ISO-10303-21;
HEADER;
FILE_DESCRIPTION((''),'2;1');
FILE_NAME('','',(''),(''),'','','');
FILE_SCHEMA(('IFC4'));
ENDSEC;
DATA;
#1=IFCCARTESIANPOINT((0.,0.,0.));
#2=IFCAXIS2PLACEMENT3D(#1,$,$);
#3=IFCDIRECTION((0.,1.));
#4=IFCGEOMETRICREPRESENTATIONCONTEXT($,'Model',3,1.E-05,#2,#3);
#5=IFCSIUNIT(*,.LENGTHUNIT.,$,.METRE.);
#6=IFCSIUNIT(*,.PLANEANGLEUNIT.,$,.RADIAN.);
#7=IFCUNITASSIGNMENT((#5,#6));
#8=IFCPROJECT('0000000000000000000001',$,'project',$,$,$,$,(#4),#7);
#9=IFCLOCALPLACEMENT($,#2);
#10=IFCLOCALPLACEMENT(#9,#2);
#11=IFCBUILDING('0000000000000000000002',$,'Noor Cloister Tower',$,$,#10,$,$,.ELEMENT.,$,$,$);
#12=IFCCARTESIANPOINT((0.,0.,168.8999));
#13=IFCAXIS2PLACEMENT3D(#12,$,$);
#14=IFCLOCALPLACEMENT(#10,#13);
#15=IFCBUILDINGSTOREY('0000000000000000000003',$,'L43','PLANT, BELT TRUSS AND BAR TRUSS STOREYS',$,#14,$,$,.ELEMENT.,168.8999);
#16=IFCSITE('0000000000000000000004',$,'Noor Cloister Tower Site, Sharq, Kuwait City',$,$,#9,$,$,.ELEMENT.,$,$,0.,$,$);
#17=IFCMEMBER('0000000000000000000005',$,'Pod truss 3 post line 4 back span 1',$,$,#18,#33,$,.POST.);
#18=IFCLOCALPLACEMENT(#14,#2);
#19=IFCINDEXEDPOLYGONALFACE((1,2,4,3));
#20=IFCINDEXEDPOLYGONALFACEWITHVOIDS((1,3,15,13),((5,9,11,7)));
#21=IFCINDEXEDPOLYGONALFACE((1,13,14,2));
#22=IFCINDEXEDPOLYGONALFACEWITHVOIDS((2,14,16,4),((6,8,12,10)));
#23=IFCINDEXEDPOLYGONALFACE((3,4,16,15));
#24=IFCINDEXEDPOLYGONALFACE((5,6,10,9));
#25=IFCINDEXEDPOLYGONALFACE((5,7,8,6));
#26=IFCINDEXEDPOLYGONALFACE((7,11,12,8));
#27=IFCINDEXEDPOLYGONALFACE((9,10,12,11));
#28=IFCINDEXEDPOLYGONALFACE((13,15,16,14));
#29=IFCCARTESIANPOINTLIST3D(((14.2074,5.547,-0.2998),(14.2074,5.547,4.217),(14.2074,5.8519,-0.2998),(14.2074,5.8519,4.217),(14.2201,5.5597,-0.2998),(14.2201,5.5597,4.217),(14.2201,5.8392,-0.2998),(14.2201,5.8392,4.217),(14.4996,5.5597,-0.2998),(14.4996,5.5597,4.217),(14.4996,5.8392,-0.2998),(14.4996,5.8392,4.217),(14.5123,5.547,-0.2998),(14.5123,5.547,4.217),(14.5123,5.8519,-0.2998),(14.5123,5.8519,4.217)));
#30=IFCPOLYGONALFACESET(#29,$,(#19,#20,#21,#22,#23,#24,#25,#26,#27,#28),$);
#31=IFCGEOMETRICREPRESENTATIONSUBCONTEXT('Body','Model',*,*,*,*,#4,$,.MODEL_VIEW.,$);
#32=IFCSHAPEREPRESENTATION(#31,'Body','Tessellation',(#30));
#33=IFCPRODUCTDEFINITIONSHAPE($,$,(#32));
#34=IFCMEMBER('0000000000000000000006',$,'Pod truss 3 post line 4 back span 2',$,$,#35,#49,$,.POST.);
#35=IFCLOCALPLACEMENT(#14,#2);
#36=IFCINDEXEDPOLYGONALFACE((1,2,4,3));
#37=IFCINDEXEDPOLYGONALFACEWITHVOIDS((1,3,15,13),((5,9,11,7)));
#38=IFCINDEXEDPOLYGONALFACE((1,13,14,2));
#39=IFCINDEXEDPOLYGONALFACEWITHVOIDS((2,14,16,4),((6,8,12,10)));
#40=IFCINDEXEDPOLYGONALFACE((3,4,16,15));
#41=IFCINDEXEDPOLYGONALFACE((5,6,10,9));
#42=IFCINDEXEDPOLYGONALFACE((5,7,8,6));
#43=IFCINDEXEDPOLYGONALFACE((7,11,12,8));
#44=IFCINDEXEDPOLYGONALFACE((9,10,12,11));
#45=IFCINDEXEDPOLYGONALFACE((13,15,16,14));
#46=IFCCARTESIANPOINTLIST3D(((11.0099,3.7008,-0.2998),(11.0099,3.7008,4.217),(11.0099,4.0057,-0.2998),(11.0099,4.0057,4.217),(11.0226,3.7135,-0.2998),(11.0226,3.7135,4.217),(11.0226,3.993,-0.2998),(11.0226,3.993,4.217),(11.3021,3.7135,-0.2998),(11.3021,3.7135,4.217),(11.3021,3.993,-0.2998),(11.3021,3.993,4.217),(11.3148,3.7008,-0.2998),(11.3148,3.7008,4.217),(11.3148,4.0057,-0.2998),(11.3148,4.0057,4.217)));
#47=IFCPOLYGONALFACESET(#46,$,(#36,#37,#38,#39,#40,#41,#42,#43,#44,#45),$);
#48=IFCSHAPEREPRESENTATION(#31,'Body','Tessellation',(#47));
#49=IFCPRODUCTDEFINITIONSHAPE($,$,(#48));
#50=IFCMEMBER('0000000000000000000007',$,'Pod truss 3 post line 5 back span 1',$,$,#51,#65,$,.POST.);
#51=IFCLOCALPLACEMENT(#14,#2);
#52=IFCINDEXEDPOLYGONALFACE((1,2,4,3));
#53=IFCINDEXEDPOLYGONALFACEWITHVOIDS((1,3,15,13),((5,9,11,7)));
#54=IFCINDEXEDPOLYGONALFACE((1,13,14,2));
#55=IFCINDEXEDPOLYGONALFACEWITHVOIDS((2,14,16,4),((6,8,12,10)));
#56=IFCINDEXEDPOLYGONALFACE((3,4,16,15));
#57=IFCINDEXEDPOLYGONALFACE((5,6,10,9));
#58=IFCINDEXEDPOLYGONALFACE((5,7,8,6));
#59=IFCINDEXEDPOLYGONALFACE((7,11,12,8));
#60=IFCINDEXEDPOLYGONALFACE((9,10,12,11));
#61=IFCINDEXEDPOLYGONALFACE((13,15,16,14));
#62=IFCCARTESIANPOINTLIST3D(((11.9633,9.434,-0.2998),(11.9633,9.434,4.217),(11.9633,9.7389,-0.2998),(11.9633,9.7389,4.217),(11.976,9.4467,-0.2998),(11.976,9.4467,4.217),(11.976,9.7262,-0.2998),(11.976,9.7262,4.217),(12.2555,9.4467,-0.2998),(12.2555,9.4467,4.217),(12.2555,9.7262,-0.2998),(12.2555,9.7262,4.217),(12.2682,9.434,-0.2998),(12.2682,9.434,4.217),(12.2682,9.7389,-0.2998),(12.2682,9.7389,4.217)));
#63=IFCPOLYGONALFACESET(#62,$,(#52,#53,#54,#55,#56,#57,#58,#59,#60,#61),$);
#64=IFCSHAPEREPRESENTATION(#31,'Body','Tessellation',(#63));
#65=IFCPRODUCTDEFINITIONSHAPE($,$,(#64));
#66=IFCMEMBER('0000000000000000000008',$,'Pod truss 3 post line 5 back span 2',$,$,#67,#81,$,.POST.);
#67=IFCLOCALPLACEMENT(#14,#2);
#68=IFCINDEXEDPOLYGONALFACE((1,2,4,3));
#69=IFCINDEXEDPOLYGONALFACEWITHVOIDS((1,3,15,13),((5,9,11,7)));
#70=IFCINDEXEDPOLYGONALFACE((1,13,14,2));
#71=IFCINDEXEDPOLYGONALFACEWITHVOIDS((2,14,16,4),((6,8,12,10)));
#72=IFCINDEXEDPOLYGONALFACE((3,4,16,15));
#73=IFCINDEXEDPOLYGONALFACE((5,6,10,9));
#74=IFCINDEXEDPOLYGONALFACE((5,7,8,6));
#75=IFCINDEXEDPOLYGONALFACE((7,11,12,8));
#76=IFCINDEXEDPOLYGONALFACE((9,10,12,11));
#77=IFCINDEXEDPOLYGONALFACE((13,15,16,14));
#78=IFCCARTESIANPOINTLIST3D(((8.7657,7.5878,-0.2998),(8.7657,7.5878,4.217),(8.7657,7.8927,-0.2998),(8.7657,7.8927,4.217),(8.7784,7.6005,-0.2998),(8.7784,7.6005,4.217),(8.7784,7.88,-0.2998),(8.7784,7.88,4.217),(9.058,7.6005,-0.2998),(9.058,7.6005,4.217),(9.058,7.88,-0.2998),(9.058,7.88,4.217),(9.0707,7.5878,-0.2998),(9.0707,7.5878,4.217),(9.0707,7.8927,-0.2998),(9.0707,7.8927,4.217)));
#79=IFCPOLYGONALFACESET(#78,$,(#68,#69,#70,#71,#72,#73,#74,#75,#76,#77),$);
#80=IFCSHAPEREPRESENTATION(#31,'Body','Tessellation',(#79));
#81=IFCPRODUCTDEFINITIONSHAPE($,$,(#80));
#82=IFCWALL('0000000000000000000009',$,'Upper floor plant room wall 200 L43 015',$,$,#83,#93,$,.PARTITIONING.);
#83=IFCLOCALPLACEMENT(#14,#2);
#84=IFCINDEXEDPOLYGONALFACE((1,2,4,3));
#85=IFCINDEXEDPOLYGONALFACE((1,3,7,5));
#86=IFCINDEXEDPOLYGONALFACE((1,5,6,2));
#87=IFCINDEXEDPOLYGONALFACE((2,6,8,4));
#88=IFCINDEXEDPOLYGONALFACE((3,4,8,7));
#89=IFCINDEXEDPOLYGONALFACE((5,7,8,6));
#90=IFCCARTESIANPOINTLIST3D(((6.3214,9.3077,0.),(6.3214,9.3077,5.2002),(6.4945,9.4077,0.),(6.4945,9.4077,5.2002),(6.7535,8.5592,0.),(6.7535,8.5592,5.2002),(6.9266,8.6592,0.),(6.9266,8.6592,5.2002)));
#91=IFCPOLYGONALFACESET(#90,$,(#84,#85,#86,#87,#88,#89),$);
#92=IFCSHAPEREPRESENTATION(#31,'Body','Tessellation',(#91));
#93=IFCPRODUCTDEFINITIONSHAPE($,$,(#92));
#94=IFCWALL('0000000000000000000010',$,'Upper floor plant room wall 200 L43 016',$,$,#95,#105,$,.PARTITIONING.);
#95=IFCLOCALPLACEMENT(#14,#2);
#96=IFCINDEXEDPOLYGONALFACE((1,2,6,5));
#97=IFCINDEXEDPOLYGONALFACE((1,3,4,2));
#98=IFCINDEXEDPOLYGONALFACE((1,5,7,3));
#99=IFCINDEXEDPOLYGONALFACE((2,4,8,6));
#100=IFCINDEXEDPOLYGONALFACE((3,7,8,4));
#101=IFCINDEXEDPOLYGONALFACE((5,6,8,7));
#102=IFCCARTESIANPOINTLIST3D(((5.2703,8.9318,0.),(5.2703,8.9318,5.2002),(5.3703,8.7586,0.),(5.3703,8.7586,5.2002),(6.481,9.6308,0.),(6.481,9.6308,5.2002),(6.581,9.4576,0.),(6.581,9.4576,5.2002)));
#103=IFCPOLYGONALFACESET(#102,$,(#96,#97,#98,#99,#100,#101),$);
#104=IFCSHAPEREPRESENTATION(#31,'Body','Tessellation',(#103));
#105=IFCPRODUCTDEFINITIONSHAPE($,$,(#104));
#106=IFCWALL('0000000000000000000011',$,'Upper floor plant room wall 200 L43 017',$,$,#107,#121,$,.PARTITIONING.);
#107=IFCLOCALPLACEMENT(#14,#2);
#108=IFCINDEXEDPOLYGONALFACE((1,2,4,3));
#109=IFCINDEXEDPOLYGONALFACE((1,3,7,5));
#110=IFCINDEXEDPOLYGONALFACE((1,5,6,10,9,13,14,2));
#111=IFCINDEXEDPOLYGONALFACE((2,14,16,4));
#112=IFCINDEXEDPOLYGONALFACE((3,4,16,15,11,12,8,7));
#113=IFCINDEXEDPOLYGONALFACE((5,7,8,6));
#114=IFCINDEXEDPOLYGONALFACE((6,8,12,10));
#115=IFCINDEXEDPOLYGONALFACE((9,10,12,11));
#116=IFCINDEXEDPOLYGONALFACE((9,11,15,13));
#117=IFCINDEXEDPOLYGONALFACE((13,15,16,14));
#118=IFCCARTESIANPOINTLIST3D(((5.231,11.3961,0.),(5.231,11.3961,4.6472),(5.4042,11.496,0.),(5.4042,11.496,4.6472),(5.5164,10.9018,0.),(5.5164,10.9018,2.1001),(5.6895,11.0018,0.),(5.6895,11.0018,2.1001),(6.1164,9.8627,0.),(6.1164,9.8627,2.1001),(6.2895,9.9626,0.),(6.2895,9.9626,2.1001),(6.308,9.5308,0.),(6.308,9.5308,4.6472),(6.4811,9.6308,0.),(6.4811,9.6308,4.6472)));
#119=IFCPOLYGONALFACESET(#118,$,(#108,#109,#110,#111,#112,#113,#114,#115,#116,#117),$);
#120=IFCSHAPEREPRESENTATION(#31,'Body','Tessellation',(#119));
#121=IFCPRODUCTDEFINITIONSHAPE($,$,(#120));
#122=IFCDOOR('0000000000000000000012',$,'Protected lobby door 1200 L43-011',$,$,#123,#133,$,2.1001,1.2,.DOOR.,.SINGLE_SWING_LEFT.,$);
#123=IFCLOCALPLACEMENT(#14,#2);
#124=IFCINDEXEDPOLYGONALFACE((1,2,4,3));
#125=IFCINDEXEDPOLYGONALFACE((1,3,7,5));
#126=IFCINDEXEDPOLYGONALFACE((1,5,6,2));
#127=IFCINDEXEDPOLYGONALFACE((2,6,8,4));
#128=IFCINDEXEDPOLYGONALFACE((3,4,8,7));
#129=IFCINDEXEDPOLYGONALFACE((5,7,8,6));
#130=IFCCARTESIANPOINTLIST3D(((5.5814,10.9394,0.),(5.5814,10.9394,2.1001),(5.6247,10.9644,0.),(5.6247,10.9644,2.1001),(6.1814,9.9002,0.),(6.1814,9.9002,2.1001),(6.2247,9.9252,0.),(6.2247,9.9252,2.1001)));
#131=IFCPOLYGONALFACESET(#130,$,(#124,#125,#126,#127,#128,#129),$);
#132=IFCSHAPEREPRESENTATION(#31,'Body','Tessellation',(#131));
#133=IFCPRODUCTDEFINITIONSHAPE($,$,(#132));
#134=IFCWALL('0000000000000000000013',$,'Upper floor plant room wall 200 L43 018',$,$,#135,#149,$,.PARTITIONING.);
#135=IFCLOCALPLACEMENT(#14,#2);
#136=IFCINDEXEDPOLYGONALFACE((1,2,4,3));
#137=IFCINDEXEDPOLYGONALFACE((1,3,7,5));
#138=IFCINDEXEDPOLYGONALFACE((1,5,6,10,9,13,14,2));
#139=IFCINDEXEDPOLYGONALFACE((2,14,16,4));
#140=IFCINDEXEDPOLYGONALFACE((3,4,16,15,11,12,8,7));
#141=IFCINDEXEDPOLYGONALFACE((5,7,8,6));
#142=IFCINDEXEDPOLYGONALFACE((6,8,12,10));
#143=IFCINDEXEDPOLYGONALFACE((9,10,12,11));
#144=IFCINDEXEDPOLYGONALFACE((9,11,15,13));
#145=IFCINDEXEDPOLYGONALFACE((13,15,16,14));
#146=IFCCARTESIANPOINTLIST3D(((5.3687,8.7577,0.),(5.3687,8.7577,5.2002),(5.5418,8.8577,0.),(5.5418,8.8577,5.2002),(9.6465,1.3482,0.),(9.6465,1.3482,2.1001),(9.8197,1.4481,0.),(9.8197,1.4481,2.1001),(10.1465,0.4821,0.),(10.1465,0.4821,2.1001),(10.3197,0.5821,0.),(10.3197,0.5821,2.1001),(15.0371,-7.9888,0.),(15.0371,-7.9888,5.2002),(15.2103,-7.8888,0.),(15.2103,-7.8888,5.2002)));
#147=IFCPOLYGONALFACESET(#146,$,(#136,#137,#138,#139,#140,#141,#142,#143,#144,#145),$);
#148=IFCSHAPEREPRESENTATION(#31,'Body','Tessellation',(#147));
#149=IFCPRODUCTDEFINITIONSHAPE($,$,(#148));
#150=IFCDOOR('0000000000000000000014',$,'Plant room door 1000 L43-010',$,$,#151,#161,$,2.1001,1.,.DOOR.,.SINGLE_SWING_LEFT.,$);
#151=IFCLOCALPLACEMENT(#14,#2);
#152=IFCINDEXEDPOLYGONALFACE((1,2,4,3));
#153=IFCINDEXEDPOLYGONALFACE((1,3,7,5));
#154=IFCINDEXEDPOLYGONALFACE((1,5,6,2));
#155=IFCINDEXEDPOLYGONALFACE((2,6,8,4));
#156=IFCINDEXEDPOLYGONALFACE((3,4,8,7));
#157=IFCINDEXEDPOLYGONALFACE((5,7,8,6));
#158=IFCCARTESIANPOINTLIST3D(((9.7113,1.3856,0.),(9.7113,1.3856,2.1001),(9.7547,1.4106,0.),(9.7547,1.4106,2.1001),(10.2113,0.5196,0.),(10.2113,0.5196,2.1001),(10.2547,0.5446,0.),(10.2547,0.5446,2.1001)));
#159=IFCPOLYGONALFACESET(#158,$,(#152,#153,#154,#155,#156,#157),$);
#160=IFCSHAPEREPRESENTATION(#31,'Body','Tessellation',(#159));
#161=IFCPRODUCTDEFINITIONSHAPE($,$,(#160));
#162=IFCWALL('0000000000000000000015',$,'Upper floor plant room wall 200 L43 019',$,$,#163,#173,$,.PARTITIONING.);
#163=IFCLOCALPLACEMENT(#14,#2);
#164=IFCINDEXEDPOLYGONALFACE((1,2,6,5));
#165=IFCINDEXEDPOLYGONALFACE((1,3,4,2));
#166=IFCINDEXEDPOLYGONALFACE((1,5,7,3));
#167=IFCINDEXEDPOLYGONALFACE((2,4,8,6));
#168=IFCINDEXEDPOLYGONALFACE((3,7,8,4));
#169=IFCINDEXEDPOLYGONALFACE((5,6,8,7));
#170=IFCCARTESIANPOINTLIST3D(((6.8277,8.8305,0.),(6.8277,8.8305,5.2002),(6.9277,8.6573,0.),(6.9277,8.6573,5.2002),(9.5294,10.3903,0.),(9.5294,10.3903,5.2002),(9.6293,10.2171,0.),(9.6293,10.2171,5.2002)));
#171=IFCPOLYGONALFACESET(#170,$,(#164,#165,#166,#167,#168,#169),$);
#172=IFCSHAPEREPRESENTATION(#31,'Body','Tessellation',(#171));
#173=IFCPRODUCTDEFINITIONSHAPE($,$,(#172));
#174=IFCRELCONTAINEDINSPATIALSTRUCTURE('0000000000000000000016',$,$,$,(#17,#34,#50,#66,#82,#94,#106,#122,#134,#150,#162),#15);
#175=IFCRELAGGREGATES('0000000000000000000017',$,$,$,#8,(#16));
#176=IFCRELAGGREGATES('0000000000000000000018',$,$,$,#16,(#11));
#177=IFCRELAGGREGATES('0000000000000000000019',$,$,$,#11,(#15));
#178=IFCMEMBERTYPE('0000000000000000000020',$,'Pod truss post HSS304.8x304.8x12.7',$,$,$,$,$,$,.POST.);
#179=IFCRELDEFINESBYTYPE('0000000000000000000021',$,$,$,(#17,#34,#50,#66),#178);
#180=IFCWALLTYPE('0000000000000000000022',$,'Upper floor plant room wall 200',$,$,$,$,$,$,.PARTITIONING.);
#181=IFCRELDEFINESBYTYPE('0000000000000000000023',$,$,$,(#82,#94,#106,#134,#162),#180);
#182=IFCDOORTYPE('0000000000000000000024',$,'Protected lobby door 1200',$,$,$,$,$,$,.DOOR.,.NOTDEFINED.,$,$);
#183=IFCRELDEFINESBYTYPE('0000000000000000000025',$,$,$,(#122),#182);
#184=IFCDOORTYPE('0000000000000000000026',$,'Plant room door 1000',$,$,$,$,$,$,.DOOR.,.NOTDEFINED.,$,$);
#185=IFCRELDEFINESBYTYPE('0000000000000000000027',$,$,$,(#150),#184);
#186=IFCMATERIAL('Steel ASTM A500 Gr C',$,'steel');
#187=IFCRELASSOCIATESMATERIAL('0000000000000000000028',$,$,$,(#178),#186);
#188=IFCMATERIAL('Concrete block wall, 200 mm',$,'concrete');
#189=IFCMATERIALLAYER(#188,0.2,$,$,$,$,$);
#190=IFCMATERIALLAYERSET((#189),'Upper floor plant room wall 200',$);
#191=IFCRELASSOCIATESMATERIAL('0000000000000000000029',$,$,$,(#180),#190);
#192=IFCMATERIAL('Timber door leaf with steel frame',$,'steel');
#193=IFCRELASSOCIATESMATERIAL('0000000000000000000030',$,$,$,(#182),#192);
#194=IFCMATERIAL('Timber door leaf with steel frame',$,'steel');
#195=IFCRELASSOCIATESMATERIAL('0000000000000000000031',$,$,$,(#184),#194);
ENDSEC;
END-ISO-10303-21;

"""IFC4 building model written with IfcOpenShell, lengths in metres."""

from ifc_helpers import new_model, si_unit, direction, frame, frame_2d, origin, origin_2d, place, context, subcontext, project, spatial, rectangle, hollow_rectangle, extrude, material, layer, layer_set, material_profile, profile_set, type_object, element, fill, save


model = new_model("IFC4")

# Units and contexts
model_context = context("Model", 3, precision=1e-05, world=origin(), true_north=direction((0.0, 1.0)))
body_context = subcontext(model_context, "Body", "Model", "MODEL_VIEW")
ifc_project = project(units=[si_unit("LENGTHUNIT", "METRE"), si_unit("PLANEANGLEUNIT", "RADIAN")], contexts=[model_context])

# Site, building, storey
site_placement = place(None, origin())
site = spatial("IfcSite", under=ifc_project, at=site_placement, Name="Noor Cloister Tower Site, Sharq, Kuwait City", CompositionType="ELEMENT", RefElevation=0.0)
building_placement = place(site_placement, origin())
building = spatial("IfcBuilding", under=site, at=building_placement, Name="Noor Cloister Tower", CompositionType="ELEMENT")
storey_placement = place(building_placement, frame((0.0, 0.0, 168.8999)))
storey = spatial("IfcBuildingStorey", under=building, at=storey_placement, Name="L43", Description="PLANT, BELT TRUSS AND BAR TRUSS STOREYS", CompositionType="ELEMENT", Elevation=168.8999)

# Members
ifc_material_1 = material(Name="Steel ASTM A500 Gr C", Category="steel")
ifc_material_profile_1 = material_profile(ifc_material_1, hollow_rectangle(XDim=0.3049, YDim=0.3049, WallThickness=0.0127, at=origin_2d()), Name="HSS304.8x304.8x12.7")
ifc_profile_set_1 = profile_set([ifc_material_profile_1], Name="Steel ASTM A500 Gr C")
member_type_1 = type_object("IfcMemberType", Name="Pod truss post HSS304.8x304.8x12.7", PredefinedType="POST", material=ifc_profile_set_1)
for number, where, z_axis, x_axis, name in (
    (1, (14.3599, 5.6995, -0.2998), (0.0, 0.0, 1.0), (1.0, 0.0, 0.0), "Pod truss 3 post line 4 back span 1"),
    (2, (11.1624, 3.8533, -0.2998), (0.0, 0.0, 1.0), (1.0, 0.0, 0.0), "Pod truss 3 post line 4 back span 2"),
    (3, (12.1157, 9.5864, -0.2998), (0.0, 0.0, 1.0), (1.0, 0.0, 0.0), "Pod truss 3 post line 5 back span 1"),
    (4, (8.9182, 7.7402, -0.2998), (0.0, 0.0, 1.0), (1.0, 0.0, 0.0), "Pod truss 3 post line 5 back span 2"),
):
    element("IfcMember", number, at=place(storey_placement, frame(where, z_axis=z_axis, x_axis=x_axis)), inside=storey, type_object=member_type_1, Name=name, PredefinedType="POST", context=body_context, shape_type="SweptSolid", body=[
        extrude(hollow_rectangle(XDim=0.3049, YDim=0.3049, WallThickness=0.0127, at=origin_2d()), origin(), (0.0, 0.0, 1.0), 4.5168),
    ])

# Walls
ifc_material_2 = material(Name="Concrete block wall, 200 mm", Category="concrete")
ifc_layer = layer(ifc_material_2, 0.2)
ifc_layer_set = layer_set([ifc_layer], Name="Upper floor plant room wall 200")
wall_type = type_object("IfcWallType", Name="Upper floor plant room wall 200", PredefinedType="PARTITIONING", material=ifc_layer_set)
wall_1_placement = place(storey_placement, frame((6.408, 9.3577, 0.0), z_axis=(0.0, 0.0, 1.0), x_axis=(0.499967, -0.866044, 0.0)))
element("IfcWall", 5, at=wall_1_placement, inside=storey, type_object=wall_type, Name="Upper floor plant room wall 200 L43 015", PredefinedType="PARTITIONING", context=body_context, shape_type="SweptSolid", body=[
    extrude(rectangle(XDim=0.8643, YDim=0.2, at=frame_2d((0.4321, 0.0))), origin(), (0.0, 0.0, 1.0), 5.2002),
])
wall_2_placement = place(storey_placement, frame((5.3203, 8.8452, 0.0), z_axis=(0.0, 0.0, 1.0), x_axis=(0.866031, 0.49999, 0.0)))
element("IfcWall", 6, at=wall_2_placement, inside=storey, type_object=wall_type, Name="Upper floor plant room wall 200 L43 016", PredefinedType="PARTITIONING", context=body_context, shape_type="SweptSolid", body=[
    extrude(rectangle(XDim=1.3979, YDim=0.2, at=frame_2d((0.699, 0.0))), origin(), (0.0, 0.0, 1.0), 5.2002),
])

# Walls, openings, doors
wall_3_placement = place(storey_placement, frame((6.3945, 9.5808, 0.0), z_axis=(0.0, 0.0, 1.0), x_axis=(-0.500004, 0.866023, 0.0)))
wall_3 = element("IfcWall", 7, at=wall_3_placement, inside=storey, type_object=wall_type, Name="Upper floor plant room wall 200 L43 017", PredefinedType="PARTITIONING", context=body_context, shape_type="SweptSolid", body=[
    extrude(rectangle(XDim=2.1538, YDim=0.2, at=frame_2d((1.0769, 0.0))), origin(), (0.0, 0.0, 1.0), 4.6472),
])
opening_1_placement = place(wall_3_placement, frame((0.3831, 0.0, 0.0)))
opening_1 = element("IfcOpeningElement", 8, at=opening_1_placement, cuts=wall_3, PredefinedType="OPENING", context=body_context, shape_type="SweptSolid", body=[
    extrude(rectangle(XDim=1.2, YDim=2.1001, at=frame_2d((0.6001, 1.05))), frame((0.0, 0.1099, 0.0), z_axis=(0.0, -1.0, 0.0), x_axis=(1.0, 0.0, 0.0)), (0.0, 0.0, 1.0), 0.22),
])
ifc_material_3 = material(Name="Timber door leaf with steel frame", Category="steel")
door_type_1 = type_object("IfcDoorType", Name="Protected lobby door 1200", OperationType="NOTDEFINED", PredefinedType="DOOR", material=ifc_material_3)
door_1_placement = place(opening_1_placement, origin())
door_1 = element("IfcDoor", 9, at=door_1_placement, inside=storey, type_object=door_type_1, Name="Protected lobby door 1200 L43-011", OperationType="SINGLE_SWING_LEFT", OverallHeight=2.1001, OverallWidth=1.2, PredefinedType="DOOR", context=body_context, shape_type="SweptSolid", body=[
    extrude(rectangle(XDim=1.2, YDim=2.1001, at=frame_2d((0.6001, 1.05))), frame((0.0, 0.0249, 0.0), z_axis=(0.0, -1.0, 0.0), x_axis=(1.0, 0.0, 0.0)), (0.0, 0.0, 1.0), 0.05),
])
fill(opening_1, door_1)
wall_4_placement = place(storey_placement, frame((5.4553, 8.8076, 0.0), z_axis=(0.0, 0.0, 1.0), x_axis=(0.499993, -0.86603, 0.0)))
wall_4 = element("IfcWall", 10, at=wall_4_placement, inside=storey, type_object=wall_type, Name="Upper floor plant room wall 200 L43 018", PredefinedType="PARTITIONING", context=body_context, shape_type="SweptSolid", body=[
    extrude(rectangle(XDim=19.3372, YDim=0.2, at=frame_2d((9.6685, 0.0))), origin(), (0.0, 0.0, 1.0), 5.2002),
])
opening_2_placement = place(wall_4_placement, frame((8.5557, 0.0, 0.0)))
opening_2 = element("IfcOpeningElement", 11, at=opening_2_placement, cuts=wall_4, PredefinedType="OPENING", context=body_context, shape_type="SweptSolid", body=[
    extrude(rectangle(XDim=1.0, YDim=2.1001, at=frame_2d((0.5, 1.05))), frame((0.0, 0.1099, 0.0), z_axis=(0.0, -1.0, 0.0), x_axis=(1.0, 0.0, 0.0)), (0.0, 0.0, 1.0), 0.22),
])
ifc_material_4 = material(Name="Timber door leaf with steel frame", Category="steel")
door_type_2 = type_object("IfcDoorType", Name="Plant room door 1000", OperationType="NOTDEFINED", PredefinedType="DOOR", material=ifc_material_4)
door_2_placement = place(opening_2_placement, origin())
door_2 = element("IfcDoor", 12, at=door_2_placement, inside=storey, type_object=door_type_2, Name="Plant room door 1000 L43-010", OperationType="SINGLE_SWING_LEFT", OverallHeight=2.1001, OverallWidth=1.0, PredefinedType="DOOR", context=body_context, shape_type="SweptSolid", body=[
    extrude(rectangle(XDim=1.0, YDim=2.1001, at=frame_2d((0.5, 1.05))), frame((0.0, 0.0249, 0.0), z_axis=(0.0, -1.0, 0.0), x_axis=(1.0, 0.0, 0.0)), (0.0, 0.0, 1.0), 0.05),
])
fill(opening_2, door_2)

# Wall
wall_5_placement = place(storey_placement, frame((6.8777, 8.7439, 0.0), z_axis=(0.0, 0.0, 1.0), x_axis=(0.866024, 0.500002, 0.0)))
element("IfcWall", 13, at=wall_5_placement, inside=storey, type_object=wall_type, Name="Upper floor plant room wall 200 L43 019", PredefinedType="PARTITIONING", context=body_context, shape_type="SweptSolid", body=[
    extrude(rectangle(XDim=3.1196, YDim=0.2, at=frame_2d((1.5598, 0.0))), origin(), (0.0, 0.0, 1.0), 5.2002),
])

save(model, "model.ifc")
